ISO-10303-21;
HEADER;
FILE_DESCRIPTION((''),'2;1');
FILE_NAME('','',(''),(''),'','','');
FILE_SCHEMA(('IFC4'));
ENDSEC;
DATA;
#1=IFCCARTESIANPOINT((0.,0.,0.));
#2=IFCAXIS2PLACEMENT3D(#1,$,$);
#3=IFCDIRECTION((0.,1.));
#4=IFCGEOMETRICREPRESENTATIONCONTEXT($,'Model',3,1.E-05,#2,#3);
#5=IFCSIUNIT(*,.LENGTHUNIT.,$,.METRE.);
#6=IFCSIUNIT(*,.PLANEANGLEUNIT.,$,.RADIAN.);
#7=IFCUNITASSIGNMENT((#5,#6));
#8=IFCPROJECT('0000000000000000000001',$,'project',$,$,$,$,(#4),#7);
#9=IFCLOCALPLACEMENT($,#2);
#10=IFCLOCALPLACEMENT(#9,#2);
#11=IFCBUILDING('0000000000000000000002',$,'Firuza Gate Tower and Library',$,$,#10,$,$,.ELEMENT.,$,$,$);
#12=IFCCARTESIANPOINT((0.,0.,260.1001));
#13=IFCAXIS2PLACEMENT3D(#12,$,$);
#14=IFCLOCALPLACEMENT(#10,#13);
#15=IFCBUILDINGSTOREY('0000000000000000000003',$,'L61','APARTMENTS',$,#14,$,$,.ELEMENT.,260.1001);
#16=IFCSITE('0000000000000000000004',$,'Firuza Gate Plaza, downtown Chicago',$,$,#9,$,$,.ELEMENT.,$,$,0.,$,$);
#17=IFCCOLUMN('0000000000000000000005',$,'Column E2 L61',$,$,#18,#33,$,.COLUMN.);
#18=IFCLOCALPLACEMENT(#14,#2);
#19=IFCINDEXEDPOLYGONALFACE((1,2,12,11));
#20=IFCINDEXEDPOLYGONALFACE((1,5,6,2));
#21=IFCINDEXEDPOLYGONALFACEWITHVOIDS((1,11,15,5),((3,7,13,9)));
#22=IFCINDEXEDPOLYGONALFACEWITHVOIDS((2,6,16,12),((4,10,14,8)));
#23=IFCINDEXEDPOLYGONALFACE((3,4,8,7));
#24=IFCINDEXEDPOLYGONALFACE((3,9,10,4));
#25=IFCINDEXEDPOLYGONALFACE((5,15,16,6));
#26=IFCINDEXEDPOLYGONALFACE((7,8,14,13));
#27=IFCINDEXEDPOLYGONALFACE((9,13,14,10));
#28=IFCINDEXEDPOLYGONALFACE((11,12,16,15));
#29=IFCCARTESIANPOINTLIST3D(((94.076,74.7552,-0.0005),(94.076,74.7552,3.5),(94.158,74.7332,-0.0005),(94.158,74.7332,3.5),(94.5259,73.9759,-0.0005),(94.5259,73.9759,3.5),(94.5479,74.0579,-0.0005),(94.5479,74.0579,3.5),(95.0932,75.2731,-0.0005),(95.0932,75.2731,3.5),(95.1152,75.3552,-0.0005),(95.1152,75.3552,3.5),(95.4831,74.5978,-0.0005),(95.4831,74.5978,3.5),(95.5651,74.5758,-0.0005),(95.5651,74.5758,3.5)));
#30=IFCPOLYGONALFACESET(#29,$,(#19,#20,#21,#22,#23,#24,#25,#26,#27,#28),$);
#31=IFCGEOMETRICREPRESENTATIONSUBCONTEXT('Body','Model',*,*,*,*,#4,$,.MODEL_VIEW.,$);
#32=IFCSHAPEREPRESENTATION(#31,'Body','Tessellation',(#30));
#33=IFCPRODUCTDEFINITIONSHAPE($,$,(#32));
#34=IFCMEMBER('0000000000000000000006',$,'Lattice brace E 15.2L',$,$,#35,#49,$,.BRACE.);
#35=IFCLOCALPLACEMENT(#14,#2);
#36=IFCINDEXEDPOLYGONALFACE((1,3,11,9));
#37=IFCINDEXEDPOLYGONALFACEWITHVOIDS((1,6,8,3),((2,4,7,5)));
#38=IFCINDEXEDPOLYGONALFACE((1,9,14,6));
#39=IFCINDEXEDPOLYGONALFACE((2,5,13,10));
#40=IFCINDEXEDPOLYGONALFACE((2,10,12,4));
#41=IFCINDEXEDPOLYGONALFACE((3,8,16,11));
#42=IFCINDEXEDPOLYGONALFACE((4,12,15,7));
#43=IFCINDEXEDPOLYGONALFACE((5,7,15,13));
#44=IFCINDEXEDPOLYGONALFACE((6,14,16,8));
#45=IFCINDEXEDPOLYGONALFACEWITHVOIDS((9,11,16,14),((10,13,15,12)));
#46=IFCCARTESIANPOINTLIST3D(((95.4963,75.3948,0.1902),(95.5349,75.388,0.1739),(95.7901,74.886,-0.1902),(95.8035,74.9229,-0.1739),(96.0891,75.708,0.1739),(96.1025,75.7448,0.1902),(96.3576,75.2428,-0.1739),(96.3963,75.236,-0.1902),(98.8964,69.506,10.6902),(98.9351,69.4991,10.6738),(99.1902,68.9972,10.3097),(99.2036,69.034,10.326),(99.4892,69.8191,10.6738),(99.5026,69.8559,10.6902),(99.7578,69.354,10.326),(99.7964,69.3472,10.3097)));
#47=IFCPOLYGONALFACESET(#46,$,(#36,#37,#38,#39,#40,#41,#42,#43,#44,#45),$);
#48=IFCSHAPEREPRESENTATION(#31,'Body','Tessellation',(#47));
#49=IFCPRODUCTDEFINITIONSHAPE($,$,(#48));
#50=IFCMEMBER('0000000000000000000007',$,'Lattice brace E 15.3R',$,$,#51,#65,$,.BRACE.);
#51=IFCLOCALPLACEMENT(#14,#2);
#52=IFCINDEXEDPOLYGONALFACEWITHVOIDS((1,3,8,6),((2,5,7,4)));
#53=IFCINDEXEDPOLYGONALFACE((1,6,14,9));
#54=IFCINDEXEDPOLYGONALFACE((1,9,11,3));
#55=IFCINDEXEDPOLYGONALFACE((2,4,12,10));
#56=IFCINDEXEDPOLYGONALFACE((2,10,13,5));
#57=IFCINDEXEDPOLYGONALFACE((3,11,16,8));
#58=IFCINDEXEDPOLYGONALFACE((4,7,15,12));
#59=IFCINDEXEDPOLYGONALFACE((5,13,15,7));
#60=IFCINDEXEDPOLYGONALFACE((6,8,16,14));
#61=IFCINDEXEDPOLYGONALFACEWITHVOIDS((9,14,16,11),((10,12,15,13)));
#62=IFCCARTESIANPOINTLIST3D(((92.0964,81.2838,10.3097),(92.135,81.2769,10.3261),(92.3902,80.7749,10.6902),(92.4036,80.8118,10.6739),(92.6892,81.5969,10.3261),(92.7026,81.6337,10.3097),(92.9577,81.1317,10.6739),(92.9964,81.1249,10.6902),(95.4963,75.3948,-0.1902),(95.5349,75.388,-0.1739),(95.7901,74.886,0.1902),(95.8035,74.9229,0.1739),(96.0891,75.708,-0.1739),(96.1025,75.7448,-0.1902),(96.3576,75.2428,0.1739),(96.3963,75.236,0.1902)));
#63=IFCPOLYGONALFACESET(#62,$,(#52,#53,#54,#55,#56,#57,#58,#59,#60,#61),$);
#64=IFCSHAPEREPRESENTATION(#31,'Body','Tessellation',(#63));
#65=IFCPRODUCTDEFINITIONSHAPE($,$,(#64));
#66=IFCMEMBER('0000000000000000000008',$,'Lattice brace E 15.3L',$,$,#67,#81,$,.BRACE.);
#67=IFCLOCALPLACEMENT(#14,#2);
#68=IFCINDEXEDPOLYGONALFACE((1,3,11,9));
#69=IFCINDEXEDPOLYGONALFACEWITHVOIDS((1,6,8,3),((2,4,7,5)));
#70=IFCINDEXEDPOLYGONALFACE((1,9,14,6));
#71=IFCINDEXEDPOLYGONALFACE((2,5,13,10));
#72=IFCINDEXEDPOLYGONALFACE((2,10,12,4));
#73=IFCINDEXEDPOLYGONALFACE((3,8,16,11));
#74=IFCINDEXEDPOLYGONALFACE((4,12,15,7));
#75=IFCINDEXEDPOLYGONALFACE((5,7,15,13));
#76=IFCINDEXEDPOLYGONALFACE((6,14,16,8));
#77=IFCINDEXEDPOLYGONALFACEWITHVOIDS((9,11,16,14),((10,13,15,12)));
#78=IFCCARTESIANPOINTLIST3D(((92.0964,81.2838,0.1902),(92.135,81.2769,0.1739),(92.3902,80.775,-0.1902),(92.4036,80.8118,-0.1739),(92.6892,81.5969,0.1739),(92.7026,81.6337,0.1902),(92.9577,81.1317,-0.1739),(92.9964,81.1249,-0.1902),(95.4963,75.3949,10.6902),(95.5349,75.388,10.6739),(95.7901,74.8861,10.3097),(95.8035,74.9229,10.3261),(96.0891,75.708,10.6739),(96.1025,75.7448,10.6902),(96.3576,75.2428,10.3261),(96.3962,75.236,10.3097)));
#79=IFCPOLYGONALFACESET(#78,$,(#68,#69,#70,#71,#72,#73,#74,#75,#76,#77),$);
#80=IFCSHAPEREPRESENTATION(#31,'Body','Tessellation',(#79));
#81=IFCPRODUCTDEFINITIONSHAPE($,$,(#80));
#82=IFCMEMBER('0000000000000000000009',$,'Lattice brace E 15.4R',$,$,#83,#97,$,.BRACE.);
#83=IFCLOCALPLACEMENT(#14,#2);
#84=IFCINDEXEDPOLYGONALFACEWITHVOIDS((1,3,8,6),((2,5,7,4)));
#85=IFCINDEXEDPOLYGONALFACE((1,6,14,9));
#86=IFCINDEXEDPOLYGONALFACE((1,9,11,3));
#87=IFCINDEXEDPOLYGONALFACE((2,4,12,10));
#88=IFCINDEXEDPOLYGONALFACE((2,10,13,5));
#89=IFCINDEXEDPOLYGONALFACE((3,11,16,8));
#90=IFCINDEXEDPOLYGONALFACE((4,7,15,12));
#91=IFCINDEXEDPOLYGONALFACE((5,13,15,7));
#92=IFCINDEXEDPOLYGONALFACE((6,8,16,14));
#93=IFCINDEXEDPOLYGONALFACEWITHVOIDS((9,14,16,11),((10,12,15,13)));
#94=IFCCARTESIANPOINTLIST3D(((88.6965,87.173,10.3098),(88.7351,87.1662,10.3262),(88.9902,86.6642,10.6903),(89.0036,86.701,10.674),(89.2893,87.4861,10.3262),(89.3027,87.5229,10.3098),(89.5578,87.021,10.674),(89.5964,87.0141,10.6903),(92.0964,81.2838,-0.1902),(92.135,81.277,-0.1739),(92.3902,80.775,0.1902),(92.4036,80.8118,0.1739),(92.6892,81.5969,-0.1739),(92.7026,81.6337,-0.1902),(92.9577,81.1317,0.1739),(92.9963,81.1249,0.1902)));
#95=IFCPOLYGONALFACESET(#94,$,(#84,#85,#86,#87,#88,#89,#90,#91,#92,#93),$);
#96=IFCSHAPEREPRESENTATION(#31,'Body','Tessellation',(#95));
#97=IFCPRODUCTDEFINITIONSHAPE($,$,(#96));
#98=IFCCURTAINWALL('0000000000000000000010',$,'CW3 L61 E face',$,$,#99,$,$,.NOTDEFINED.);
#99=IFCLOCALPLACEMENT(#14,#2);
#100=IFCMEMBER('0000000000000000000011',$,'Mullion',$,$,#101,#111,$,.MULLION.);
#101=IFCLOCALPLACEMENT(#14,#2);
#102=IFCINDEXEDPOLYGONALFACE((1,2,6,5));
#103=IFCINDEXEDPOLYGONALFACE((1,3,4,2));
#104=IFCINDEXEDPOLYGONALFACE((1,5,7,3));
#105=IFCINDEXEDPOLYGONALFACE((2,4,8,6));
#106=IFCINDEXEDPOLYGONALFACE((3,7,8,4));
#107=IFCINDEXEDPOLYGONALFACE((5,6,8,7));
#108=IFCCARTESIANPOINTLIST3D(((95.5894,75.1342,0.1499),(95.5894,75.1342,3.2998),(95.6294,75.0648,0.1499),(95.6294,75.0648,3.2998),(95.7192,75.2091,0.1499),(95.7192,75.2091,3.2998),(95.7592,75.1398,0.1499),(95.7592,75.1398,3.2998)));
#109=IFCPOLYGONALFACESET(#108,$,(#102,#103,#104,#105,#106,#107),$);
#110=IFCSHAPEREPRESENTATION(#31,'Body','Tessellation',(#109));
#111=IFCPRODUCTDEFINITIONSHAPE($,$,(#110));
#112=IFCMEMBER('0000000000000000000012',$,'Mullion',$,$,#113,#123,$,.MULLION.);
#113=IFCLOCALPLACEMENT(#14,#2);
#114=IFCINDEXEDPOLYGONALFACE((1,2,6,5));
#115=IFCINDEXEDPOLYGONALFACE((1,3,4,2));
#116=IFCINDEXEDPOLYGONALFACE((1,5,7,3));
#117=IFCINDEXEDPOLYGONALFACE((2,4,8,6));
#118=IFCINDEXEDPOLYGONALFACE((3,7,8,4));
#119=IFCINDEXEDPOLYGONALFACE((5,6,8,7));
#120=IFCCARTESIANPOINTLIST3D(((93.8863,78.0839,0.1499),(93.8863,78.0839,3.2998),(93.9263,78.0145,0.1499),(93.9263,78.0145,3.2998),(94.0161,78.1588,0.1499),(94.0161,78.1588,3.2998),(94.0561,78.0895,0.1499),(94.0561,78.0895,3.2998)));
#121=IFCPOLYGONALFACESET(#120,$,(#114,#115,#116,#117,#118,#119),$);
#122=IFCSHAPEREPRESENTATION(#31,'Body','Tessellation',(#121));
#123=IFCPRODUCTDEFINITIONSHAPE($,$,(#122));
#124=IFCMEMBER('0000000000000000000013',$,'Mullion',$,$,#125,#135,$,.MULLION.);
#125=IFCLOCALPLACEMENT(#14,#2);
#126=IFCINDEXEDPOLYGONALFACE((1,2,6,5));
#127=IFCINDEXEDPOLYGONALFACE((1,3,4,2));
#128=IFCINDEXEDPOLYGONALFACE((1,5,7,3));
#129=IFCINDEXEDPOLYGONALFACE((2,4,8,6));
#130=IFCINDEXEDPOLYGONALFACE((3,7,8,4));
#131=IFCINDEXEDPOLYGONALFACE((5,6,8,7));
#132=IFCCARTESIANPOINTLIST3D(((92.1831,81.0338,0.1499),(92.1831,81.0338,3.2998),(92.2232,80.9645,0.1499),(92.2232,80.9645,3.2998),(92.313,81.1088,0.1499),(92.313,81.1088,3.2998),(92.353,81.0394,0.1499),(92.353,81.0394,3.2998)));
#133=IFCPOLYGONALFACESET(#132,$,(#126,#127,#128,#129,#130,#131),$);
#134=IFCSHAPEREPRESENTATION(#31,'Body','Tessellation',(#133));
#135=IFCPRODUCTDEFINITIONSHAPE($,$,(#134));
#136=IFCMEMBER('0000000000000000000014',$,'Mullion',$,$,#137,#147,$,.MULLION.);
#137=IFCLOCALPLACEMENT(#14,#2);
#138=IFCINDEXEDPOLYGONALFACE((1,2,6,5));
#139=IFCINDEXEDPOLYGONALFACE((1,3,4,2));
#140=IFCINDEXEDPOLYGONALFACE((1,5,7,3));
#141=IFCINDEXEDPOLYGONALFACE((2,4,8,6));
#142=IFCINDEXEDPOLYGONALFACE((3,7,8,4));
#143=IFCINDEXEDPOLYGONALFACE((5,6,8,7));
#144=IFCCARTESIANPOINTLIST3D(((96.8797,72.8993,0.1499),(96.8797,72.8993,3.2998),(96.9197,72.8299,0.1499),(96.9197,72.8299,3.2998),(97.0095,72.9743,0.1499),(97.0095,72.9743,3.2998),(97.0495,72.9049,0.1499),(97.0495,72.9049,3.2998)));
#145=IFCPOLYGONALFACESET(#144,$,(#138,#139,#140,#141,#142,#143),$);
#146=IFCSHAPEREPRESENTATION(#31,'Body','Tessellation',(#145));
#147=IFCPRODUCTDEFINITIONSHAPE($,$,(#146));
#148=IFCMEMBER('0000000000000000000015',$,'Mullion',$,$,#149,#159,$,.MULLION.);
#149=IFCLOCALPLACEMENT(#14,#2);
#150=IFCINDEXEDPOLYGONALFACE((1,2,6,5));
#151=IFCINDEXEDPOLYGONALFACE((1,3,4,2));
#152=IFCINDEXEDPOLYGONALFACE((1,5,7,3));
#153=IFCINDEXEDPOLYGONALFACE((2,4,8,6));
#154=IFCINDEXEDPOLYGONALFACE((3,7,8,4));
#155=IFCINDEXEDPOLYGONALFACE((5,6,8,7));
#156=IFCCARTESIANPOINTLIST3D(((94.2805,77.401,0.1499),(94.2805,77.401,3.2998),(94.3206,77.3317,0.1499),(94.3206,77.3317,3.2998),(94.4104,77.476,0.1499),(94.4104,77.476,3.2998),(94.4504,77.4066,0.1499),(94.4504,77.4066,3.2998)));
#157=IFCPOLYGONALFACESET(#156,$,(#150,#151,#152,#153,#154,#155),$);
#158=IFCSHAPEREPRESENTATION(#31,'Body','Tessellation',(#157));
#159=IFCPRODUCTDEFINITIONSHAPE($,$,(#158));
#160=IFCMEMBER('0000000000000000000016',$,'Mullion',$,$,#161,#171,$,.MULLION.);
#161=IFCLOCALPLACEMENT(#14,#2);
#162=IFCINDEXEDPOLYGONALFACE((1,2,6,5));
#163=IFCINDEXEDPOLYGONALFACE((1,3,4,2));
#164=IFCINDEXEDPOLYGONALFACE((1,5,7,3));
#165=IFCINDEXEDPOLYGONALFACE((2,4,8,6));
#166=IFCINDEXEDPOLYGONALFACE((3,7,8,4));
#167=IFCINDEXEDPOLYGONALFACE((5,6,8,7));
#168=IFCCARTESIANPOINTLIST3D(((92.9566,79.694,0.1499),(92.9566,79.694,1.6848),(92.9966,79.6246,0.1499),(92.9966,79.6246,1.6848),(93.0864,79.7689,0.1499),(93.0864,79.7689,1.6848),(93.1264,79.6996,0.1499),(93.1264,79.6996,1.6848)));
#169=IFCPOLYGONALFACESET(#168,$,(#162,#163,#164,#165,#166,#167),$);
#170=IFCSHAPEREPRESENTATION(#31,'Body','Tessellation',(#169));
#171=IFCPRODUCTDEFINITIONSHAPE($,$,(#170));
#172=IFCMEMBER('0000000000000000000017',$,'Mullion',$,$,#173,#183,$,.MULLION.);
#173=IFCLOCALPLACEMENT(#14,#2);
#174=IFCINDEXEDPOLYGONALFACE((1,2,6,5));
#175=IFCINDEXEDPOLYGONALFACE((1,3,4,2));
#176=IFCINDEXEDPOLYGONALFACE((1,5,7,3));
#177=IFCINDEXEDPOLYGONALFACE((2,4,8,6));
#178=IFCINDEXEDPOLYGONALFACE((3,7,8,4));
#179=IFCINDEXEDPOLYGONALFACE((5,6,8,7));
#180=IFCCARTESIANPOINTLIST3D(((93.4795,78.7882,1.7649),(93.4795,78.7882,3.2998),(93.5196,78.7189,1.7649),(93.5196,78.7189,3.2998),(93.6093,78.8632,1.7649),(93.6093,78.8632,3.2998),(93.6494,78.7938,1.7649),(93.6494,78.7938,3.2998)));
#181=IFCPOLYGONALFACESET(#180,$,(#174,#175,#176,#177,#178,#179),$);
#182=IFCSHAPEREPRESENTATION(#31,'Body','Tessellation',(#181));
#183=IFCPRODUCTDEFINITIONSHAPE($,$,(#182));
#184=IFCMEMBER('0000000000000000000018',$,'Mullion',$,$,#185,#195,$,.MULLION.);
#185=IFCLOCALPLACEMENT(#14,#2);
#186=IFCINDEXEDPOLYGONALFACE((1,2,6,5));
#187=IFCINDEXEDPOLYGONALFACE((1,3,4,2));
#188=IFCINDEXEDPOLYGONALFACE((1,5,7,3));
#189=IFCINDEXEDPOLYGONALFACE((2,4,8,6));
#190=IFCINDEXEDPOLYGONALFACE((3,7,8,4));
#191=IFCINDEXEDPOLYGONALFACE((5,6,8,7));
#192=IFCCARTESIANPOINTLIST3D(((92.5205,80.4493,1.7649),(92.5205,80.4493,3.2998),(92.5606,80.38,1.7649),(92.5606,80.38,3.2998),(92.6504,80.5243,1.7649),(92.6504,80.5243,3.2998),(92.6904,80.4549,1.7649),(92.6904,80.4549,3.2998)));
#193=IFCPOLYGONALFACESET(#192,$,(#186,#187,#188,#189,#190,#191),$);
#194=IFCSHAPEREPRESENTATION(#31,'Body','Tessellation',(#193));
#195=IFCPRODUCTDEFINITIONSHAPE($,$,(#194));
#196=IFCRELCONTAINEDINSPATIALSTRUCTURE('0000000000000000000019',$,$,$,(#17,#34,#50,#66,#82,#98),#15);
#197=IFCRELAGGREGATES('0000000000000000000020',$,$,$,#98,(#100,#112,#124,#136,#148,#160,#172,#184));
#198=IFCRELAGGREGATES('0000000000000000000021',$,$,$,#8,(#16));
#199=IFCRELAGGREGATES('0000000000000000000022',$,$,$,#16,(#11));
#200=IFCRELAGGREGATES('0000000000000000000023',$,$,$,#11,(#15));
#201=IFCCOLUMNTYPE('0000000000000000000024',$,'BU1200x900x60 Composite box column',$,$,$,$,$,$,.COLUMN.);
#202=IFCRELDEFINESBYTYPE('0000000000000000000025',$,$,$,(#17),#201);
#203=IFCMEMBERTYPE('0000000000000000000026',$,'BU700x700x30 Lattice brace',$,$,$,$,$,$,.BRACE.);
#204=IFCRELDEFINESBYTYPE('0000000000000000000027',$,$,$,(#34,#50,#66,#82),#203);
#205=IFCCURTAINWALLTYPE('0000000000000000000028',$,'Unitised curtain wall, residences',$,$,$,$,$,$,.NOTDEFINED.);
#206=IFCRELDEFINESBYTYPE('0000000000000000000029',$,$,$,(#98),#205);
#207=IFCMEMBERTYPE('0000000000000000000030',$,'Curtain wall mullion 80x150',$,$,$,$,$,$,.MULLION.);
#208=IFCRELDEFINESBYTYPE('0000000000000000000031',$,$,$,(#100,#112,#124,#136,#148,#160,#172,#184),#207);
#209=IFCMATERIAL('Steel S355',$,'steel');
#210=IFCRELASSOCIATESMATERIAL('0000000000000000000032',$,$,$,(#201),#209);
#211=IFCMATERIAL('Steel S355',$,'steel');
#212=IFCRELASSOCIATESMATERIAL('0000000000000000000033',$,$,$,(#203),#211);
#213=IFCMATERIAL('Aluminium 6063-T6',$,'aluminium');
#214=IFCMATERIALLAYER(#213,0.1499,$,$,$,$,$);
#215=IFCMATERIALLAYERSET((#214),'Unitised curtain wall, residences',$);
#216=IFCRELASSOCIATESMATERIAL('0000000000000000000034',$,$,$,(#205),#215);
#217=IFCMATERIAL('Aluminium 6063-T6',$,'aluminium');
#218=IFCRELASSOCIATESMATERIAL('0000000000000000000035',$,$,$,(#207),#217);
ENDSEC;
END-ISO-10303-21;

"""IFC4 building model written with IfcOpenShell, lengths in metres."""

from ifc_helpers import new_model, si_unit, direction, frame, origin, origin_2d, place, context, subcontext, project, spatial, rectangle, hollow_rectangle, extrude, material, layer, layer_set, material_profile, profile_set, type_object, element, aggregate, save


model = new_model("IFC4")

# Units and contexts
model_context = context("Model", 3, precision=1e-05, world=origin(), true_north=direction((0.0, 1.0)))
body_context = subcontext(model_context, "Body", "Model", "MODEL_VIEW")
ifc_project = project(units=[si_unit("LENGTHUNIT", "METRE"), si_unit("PLANEANGLEUNIT", "RADIAN")], contexts=[model_context])

# Site, building, storey
site_placement = place(None, origin())
site = spatial("IfcSite", under=ifc_project, at=site_placement, Name="Firuza Gate Plaza, downtown Chicago", CompositionType="ELEMENT", RefElevation=0.0)
building_placement = place(site_placement, origin())
building = spatial("IfcBuilding", under=site, at=building_placement, Name="Firuza Gate Tower and Library", CompositionType="ELEMENT")
storey_placement = place(building_placement, frame((0.0, 0.0, 260.1001)))
storey = spatial("IfcBuildingStorey", under=building, at=storey_placement, Name="L61", Description="APARTMENTS", CompositionType="ELEMENT", Elevation=260.1001)

# Column
ifc_material_1 = material(Name="Steel S355", Category="steel")
ifc_material_profile_1 = material_profile(ifc_material_1, hollow_rectangle(XDim=0.8999, YDim=1.2, WallThickness=0.0601, at=origin_2d()))
ifc_profile_set_1 = profile_set([ifc_material_profile_1], Name="Steel S355")
column_type = type_object("IfcColumnType", Name="BU1200x900x60 Composite box column", PredefinedType="COLUMN", material=ifc_profile_set_1)
column_placement = place(storey_placement, frame((94.8206, 74.6655, -0.0005), z_axis=(0.0, 0.0, 1.0), x_axis=(-0.5, 0.866025, 0.0)))
element("IfcColumn", 1, at=column_placement, inside=storey, type_object=column_type, Name="Column E2 L61", PredefinedType="COLUMN", context=body_context, shape_type="SweptSolid", body=[
    extrude(hollow_rectangle(XDim=0.8999, YDim=1.2, WallThickness=0.0601, at=origin_2d()), origin(), (0.0, 0.0, 1.0), 3.5005),
])

# Members
ifc_material_2 = material(Name="Steel S355", Category="steel")
ifc_material_profile_2 = material_profile(ifc_material_2, hollow_rectangle(XDim=0.7, YDim=0.7, WallThickness=0.03, at=origin_2d()))
ifc_profile_set_2 = profile_set([ifc_material_profile_2], Name="Steel S355")
member_type_1 = type_object("IfcMemberType", Name="BU700x700x30 Lattice brace", PredefinedType="BRACE", material=ifc_profile_set_2)
for number, where, z_axis, x_axis, name in (
    (2, (95.9463, 75.3154, 0.0), (0.271803, -0.470751, 0.839355), (0.866014, 0.50002, 0.0), "Lattice brace E 15.2L"),
    (3, (95.9463, 75.3154, 0.0), (-0.271785, 0.470754, 0.839359), (-0.86603, -0.499993, 0.0), "Lattice brace E 15.3R"),
    (4, (92.5464, 81.2043, 0.0), (0.271785, -0.470754, 0.839359), (0.86603, 0.499993, 0.0), "Lattice brace E 15.3L"),
):
    element("IfcMember", number, at=place(storey_placement, frame(where, z_axis=z_axis, x_axis=x_axis)), inside=storey, type_object=member_type_1, Name=name, PredefinedType="BRACE", context=body_context, shape_type="SweptSolid", body=[
        extrude(hollow_rectangle(XDim=0.7, YDim=0.7, WallThickness=0.03, at=origin_2d()), origin(), (0.0, 0.0, 1.0), 12.5095),
    ])
member_1_placement = place(storey_placement, frame((92.5464, 81.2043, 0.0), z_axis=(-0.271782, 0.470769, 0.839351), x_axis=(-0.866039, -0.499977, 0.0)))
element("IfcMember", 5, at=member_1_placement, inside=storey, type_object=member_type_1, Name="Lattice brace E 15.4R", PredefinedType="BRACE", context=body_context, shape_type="SweptSolid", body=[
    extrude(hollow_rectangle(XDim=0.7, YDim=0.7, WallThickness=0.03, at=origin_2d()), origin(), (0.0, 0.0, 1.0), 12.5098),
])

# Curtain wall, members
ifc_material_3 = material(Name="Aluminium 6063-T6", Category="aluminium")
ifc_layer_1 = layer(ifc_material_3, 0.1499)
ifc_layer_set_1 = layer_set([ifc_layer_1], Name="Unitised curtain wall, residences")
curtain_wall_type = type_object("IfcCurtainWallType", Name="Unitised curtain wall, residences", PredefinedType="NOTDEFINED", material=ifc_layer_set_1)
curtain_wall_placement = place(storey_placement, origin())
curtain_wall = element("IfcCurtainWall", 6, at=curtain_wall_placement, inside=storey, type_object=curtain_wall_type, Name="CW3 L61 E face", PredefinedType="NOTDEFINED")
ifc_material_4 = material(Name="Aluminium 6063-T6", Category="aluminium")
ifc_material_profile_3 = material_profile(ifc_material_4, rectangle(XDim=0.1499, YDim=0.0801, at=origin_2d()))
ifc_profile_set_3 = profile_set([ifc_material_profile_3], Name="Aluminium 6063-T6")
member_type_2 = type_object("IfcMemberType", Name="Curtain wall mullion 80x150", PredefinedType="MULLION", material=ifc_profile_set_3)
member_2_placement = place(storey_placement, frame((95.6743, 75.137, 0.1499), z_axis=(0.0, 0.0, 1.0), x_axis=(-0.866025, -0.5, 0.0)))
member_2 = element("IfcMember", 7, at=member_2_placement, type_object=member_type_2, Name="Mullion", PredefinedType="MULLION", context=body_context, shape_type="SweptSolid", body=[
    extrude(rectangle(XDim=0.1499, YDim=0.0801, at=origin_2d()), origin(), (0.0, 0.0, 1.0), 3.1499),
])
member_3_placement = place(storey_placement, frame((93.9712, 78.0867, 0.1499), z_axis=(0.0, 0.0, 1.0), x_axis=(-0.866025, -0.5, 0.0)))
member_3 = element("IfcMember", 8, at=member_3_placement, type_object=member_type_2, Name="Mullion", PredefinedType="MULLION", context=body_context, shape_type="SweptSolid", body=[
    extrude(rectangle(XDim=0.1499, YDim=0.0801, at=origin_2d()), origin(), (0.0, 0.0, 1.0), 3.1499),
])
member_4_placement = place(storey_placement, frame((92.2681, 81.0366, 0.1499), z_axis=(0.0, 0.0, 1.0), x_axis=(-0.866025, -0.5, 0.0)))
member_4 = element("IfcMember", 9, at=member_4_placement, type_object=member_type_2, Name="Mullion", PredefinedType="MULLION", context=body_context, shape_type="SweptSolid", body=[
    extrude(rectangle(XDim=0.1499, YDim=0.0801, at=origin_2d()), origin(), (0.0, 0.0, 1.0), 3.1499),
])
member_5_placement = place(storey_placement, frame((96.9646, 72.9021, 0.1499), z_axis=(0.0, 0.0, 1.0), x_axis=(-0.866025, -0.5, 0.0)))
member_5 = element("IfcMember", 10, at=member_5_placement, type_object=member_type_2, Name="Mullion", PredefinedType="MULLION", context=body_context, shape_type="SweptSolid", body=[
    extrude(rectangle(XDim=0.1499, YDim=0.0801, at=origin_2d()), origin(), (0.0, 0.0, 1.0), 3.1499),
])
member_6_placement = place(storey_placement, frame((94.3655, 77.4038, 0.1499), z_axis=(0.0, 0.0, 1.0), x_axis=(-0.866025, -0.5, 0.0)))
member_6 = element("IfcMember", 11, at=member_6_placement, type_object=member_type_2, Name="Mullion", PredefinedType="MULLION", context=body_context, shape_type="SweptSolid", body=[
    extrude(rectangle(XDim=0.1499, YDim=0.0801, at=origin_2d()), origin(), (0.0, 0.0, 1.0), 3.1499),
])
member_7_placement = place(storey_placement, frame((93.0415, 79.6968, 0.1499), z_axis=(0.0, 0.0, 1.0), x_axis=(-0.866025, -0.5, 0.0)))
member_7 = element("IfcMember", 12, at=member_7_placement, type_object=member_type_2, Name="Mullion", PredefinedType="MULLION", context=body_context, shape_type="SweptSolid", body=[
    extrude(rectangle(XDim=0.1499, YDim=0.0801, at=origin_2d()), origin(), (0.0, 0.0, 1.0), 1.5349),
])
member_8_placement = place(storey_placement, frame((93.5645, 78.791, 1.7649), z_axis=(0.0, 0.0, 1.0), x_axis=(-0.866025, -0.5, 0.0)))
member_8 = element("IfcMember", 13, at=member_8_placement, type_object=member_type_2, Name="Mullion", PredefinedType="MULLION", context=body_context, shape_type="SweptSolid", body=[
    extrude(rectangle(XDim=0.1499, YDim=0.0801, at=origin_2d()), origin(), (0.0, 0.0, 1.0), 1.5349),
])
member_9_placement = place(storey_placement, frame((92.6055, 80.4521, 1.7649), z_axis=(0.0, 0.0, 1.0), x_axis=(-0.866025, -0.5, 0.0)))
member_9 = element("IfcMember", 14, at=member_9_placement, type_object=member_type_2, Name="Mullion", PredefinedType="MULLION", context=body_context, shape_type="SweptSolid", body=[
    extrude(rectangle(XDim=0.1499, YDim=0.0801, at=origin_2d()), origin(), (0.0, 0.0, 1.0), 1.5349),
])

aggregate(curtain_wall, [member_2, member_3, member_4, member_5, member_6, member_7, member_8, member_9])

save(model, "model.ifc")
